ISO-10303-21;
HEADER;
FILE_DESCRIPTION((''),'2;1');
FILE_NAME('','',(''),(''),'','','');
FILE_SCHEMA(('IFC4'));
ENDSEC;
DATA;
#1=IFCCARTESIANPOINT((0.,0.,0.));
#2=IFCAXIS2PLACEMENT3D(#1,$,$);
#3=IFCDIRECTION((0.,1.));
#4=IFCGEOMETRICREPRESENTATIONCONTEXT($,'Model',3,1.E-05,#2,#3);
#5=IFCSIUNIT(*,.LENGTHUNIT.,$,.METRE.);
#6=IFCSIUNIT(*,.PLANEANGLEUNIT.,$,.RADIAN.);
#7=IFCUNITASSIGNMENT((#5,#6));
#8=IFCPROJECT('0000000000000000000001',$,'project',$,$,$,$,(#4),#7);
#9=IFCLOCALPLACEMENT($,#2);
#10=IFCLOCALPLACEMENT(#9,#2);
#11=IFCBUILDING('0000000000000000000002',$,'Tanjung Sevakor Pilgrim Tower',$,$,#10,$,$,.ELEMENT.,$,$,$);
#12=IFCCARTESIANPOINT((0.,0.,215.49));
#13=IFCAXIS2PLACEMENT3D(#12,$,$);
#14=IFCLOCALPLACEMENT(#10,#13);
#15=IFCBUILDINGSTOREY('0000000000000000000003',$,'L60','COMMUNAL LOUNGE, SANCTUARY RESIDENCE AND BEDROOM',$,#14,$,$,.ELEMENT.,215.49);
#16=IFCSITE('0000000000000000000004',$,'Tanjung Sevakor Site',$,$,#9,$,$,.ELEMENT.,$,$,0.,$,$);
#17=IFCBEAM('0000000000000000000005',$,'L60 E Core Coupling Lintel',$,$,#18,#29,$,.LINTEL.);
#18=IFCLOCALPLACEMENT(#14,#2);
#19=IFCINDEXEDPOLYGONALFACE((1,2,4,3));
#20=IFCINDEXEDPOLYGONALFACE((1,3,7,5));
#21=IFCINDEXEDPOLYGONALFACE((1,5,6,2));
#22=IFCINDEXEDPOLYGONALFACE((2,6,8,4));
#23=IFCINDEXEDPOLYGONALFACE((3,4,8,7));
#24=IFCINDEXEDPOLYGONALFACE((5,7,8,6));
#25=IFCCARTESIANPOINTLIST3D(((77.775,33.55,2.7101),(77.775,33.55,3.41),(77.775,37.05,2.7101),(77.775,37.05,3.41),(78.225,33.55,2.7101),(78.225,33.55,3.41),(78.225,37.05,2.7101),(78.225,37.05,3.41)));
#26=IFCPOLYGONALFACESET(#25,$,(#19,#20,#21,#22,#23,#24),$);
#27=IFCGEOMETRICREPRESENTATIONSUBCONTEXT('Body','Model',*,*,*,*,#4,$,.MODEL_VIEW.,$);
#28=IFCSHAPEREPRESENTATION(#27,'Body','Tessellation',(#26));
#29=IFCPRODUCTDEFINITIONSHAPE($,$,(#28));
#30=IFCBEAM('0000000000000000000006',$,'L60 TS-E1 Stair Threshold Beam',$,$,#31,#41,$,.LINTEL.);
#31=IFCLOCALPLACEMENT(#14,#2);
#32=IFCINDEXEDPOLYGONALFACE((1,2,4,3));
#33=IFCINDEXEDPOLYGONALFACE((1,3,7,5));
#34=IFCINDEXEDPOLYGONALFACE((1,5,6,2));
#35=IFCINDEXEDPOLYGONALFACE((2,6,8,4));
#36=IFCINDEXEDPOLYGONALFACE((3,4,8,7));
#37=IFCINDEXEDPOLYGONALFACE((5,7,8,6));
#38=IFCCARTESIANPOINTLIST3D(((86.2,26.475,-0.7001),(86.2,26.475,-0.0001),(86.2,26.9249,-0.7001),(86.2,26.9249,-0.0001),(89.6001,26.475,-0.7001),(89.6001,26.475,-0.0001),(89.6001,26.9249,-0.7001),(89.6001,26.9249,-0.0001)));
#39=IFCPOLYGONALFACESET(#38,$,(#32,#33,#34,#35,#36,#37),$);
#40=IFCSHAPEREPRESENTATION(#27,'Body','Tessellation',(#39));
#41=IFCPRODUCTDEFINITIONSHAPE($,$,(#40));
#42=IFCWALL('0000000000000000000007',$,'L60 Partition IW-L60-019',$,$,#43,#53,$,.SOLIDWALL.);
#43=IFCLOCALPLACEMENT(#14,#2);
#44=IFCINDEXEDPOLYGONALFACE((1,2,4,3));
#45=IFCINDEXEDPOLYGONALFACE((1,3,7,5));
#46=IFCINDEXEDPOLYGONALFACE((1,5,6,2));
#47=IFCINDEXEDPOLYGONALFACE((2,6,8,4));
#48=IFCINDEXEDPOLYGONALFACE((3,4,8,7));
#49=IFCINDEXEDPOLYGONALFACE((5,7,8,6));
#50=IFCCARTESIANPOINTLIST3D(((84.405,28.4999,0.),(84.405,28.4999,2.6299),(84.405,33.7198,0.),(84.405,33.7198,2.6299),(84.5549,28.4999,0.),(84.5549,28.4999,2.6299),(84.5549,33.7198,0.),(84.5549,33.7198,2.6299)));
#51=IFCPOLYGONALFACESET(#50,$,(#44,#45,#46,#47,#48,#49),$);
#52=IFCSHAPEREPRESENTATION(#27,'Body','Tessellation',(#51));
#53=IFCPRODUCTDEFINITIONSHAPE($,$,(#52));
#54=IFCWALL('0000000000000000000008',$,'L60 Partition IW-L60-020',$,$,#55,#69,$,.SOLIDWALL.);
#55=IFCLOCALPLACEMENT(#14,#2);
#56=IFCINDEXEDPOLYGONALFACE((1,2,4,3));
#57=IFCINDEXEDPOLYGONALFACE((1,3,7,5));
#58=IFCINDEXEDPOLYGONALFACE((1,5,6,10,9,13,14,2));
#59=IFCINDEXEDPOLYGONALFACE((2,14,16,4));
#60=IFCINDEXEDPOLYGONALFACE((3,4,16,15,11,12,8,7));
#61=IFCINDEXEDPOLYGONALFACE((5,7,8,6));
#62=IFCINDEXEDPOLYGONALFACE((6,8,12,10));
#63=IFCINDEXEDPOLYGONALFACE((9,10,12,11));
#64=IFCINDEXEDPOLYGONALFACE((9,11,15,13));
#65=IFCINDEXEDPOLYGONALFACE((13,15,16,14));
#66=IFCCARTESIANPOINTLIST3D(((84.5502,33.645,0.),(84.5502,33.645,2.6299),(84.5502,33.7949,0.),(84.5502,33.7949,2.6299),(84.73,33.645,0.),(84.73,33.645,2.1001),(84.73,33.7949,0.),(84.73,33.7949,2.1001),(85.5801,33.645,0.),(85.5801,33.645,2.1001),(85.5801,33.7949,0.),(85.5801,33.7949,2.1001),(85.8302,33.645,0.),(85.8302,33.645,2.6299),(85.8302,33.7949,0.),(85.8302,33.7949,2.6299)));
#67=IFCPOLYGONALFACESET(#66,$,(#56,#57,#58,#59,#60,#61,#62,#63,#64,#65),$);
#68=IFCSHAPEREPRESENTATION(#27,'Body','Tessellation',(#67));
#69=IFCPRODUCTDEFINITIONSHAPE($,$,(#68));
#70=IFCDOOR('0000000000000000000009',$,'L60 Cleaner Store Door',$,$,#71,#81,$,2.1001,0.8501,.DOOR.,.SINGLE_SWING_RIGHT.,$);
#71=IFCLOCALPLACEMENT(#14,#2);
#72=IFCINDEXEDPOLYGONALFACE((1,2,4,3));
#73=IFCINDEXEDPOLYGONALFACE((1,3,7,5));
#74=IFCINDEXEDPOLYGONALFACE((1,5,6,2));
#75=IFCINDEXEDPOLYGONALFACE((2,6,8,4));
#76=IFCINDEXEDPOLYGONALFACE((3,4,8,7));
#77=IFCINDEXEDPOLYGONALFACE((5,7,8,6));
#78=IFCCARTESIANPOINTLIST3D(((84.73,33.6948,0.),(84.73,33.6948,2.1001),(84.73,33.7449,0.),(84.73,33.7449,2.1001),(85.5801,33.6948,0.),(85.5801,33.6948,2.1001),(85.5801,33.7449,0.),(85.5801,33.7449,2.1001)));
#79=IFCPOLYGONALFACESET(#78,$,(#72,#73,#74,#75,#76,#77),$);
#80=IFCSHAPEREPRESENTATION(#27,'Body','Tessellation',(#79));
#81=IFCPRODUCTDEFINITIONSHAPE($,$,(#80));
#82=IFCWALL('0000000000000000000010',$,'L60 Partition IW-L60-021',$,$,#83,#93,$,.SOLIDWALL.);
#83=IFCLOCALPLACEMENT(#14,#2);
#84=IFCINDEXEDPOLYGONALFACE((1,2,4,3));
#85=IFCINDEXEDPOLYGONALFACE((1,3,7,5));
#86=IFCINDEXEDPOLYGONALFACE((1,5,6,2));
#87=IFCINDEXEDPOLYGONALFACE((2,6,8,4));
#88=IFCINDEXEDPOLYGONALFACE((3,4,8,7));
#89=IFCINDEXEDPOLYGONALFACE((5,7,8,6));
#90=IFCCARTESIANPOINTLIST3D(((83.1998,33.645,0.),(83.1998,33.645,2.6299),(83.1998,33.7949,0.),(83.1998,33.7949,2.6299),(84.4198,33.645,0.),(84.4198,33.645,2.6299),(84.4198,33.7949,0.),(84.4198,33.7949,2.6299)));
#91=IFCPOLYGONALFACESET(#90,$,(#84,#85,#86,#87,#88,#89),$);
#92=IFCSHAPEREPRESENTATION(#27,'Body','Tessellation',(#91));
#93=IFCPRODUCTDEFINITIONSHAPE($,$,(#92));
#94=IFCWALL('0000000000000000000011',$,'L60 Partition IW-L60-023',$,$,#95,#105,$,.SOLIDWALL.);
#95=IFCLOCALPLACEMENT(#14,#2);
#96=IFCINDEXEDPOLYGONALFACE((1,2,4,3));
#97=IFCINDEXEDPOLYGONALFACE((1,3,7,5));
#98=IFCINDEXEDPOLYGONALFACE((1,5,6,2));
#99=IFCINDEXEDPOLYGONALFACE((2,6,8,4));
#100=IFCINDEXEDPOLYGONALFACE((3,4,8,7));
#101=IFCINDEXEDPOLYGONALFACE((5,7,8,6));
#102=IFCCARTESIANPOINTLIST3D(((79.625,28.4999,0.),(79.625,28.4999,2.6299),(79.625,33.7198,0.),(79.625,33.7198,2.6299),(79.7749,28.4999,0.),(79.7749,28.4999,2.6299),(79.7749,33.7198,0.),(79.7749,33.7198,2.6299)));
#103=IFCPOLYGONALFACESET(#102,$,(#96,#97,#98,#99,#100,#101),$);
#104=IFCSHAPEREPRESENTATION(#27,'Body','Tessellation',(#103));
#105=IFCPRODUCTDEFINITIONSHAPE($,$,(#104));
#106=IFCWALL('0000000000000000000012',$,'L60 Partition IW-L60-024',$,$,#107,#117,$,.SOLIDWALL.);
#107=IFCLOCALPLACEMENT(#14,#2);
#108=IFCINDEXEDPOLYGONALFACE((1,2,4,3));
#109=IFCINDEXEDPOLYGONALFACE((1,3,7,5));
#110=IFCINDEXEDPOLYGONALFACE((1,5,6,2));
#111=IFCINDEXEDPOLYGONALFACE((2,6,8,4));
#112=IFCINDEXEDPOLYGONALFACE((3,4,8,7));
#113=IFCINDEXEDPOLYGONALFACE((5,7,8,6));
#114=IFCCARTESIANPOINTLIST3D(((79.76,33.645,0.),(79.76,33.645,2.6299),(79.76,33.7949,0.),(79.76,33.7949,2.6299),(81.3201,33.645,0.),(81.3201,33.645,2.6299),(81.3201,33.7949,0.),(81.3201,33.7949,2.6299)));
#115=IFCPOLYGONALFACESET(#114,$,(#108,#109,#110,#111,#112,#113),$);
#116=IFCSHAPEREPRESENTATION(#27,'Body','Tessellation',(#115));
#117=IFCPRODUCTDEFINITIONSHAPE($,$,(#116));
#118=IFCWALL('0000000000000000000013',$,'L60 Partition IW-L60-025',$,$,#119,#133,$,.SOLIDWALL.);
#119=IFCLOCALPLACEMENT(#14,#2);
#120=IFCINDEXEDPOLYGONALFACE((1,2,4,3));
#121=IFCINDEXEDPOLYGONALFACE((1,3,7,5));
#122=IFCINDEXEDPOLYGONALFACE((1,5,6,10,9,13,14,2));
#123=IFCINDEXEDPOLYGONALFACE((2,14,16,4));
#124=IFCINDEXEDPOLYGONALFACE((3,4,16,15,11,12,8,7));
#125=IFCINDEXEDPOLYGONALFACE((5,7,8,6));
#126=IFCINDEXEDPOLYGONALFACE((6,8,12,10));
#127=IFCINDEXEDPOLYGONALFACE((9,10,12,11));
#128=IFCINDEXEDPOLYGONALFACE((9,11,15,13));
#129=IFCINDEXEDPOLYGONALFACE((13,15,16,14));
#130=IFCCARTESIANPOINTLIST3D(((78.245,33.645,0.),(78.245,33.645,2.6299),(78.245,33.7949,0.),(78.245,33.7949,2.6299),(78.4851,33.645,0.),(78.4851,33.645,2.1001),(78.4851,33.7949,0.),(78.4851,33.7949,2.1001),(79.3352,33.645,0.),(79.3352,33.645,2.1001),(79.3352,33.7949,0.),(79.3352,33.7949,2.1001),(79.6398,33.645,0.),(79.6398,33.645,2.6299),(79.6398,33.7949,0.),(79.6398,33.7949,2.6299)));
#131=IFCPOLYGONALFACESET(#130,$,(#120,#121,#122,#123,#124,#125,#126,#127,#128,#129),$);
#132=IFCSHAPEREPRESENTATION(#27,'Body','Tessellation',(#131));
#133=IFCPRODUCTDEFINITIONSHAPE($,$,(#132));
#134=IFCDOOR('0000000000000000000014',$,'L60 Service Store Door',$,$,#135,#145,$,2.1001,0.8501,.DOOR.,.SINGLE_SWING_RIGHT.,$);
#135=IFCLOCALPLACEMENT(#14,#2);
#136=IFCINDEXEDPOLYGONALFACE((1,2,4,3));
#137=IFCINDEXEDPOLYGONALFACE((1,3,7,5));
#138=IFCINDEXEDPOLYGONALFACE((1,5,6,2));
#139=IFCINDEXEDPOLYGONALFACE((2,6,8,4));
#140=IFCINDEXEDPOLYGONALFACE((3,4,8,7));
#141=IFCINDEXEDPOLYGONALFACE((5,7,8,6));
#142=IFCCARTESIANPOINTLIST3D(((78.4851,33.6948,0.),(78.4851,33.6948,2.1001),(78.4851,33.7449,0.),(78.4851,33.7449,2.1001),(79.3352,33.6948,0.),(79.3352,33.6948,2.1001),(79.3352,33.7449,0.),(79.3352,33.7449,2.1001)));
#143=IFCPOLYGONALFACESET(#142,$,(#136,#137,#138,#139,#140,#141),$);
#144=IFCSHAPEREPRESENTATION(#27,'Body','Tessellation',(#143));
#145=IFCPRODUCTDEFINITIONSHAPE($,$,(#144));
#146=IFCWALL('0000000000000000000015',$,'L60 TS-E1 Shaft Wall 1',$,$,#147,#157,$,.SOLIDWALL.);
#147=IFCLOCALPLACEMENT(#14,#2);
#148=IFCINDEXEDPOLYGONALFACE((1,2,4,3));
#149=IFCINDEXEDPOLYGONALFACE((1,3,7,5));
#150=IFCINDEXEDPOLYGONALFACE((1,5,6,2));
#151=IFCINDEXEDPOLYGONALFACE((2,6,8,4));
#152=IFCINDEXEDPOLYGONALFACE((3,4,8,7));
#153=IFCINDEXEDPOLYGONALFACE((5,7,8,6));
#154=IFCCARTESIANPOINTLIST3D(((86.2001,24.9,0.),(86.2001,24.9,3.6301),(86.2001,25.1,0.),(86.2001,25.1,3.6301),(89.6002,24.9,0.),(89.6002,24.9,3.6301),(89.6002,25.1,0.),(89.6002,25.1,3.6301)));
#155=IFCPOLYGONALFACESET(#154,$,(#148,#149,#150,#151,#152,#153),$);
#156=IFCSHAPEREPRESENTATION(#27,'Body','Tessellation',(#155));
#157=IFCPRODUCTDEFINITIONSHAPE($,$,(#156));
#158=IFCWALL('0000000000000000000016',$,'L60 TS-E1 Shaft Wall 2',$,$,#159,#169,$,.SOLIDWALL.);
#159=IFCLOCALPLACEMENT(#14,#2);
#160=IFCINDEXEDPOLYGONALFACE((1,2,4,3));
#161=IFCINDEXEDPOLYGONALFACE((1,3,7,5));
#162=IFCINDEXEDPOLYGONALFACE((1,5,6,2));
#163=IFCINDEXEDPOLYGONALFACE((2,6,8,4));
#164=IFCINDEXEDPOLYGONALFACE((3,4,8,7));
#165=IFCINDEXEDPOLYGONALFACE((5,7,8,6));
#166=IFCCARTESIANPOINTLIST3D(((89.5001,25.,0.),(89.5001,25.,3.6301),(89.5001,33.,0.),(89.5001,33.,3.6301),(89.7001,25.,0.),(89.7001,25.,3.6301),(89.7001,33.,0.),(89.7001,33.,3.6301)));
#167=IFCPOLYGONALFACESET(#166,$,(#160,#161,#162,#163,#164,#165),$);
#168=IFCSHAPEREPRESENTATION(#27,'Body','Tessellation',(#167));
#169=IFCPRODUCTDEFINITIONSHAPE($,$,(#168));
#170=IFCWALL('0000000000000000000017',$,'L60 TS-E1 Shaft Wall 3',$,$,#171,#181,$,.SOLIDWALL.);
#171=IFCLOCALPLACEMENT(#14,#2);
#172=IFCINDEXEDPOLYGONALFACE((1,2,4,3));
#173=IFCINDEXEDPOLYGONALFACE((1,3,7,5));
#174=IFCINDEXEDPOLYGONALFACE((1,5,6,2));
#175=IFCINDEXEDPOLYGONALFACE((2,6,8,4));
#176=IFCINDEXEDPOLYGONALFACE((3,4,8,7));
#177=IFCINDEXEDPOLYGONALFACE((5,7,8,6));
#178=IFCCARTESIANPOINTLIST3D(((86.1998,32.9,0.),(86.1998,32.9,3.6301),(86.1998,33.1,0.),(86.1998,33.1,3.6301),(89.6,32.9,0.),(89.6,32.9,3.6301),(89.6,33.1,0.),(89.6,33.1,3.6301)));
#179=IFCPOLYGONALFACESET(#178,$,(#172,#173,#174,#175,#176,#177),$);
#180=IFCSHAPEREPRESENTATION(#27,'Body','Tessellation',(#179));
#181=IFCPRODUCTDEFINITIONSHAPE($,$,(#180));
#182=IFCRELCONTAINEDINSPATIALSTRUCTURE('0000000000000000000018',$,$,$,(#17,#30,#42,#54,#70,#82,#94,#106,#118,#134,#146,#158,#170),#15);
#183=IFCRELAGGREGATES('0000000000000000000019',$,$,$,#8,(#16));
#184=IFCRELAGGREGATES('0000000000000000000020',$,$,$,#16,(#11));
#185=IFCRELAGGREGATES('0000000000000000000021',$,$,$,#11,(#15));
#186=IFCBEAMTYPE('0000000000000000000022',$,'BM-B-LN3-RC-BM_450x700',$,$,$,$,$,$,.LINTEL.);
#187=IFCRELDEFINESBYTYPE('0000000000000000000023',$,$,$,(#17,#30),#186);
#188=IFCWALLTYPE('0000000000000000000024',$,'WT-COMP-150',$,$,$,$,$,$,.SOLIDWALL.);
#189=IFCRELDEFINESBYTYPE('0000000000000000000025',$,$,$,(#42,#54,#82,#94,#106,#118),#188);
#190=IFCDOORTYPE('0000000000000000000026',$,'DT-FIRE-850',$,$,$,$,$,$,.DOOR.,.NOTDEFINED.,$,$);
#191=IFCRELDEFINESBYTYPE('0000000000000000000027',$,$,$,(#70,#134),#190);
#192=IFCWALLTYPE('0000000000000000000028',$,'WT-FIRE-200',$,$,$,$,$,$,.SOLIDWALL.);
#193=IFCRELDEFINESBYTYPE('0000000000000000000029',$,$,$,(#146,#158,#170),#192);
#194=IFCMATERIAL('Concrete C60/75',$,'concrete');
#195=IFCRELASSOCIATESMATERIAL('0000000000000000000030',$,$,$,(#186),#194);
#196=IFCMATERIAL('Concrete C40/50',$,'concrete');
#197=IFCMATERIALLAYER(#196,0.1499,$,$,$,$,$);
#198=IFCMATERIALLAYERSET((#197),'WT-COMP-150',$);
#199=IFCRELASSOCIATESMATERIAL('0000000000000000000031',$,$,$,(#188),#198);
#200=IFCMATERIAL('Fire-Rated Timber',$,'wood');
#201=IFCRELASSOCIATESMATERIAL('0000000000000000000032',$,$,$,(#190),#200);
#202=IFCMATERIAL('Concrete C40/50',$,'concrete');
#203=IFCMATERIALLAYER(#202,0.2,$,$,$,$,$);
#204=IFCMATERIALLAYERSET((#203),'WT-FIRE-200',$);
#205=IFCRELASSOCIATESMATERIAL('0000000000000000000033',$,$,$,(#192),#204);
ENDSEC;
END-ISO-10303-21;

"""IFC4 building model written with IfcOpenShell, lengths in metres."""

from ifc_helpers import new_model, si_unit, direction, frame, frame_2d, origin, origin_2d, place, context, subcontext, project, spatial, rectangle, extrude, material, layer, layer_set, material_profile, profile_set, type_object, element, fill, save


model = new_model("IFC4")

# Units and contexts
model_context = context("Model", 3, precision=1e-05, world=origin(), true_north=direction((0.0, 1.0)))
body_context = subcontext(model_context, "Body", "Model", "MODEL_VIEW")
ifc_project = project(units=[si_unit("LENGTHUNIT", "METRE"), si_unit("PLANEANGLEUNIT", "RADIAN")], contexts=[model_context])

# Site, building, storey
site_placement = place(None, origin())
site = spatial("IfcSite", under=ifc_project, at=site_placement, Name="Tanjung Sevakor Site", CompositionType="ELEMENT", RefElevation=0.0)
building_placement = place(site_placement, origin())
building = spatial("IfcBuilding", under=site, at=building_placement, Name="Tanjung Sevakor Pilgrim Tower", CompositionType="ELEMENT")
storey_placement = place(building_placement, frame((0.0, 0.0, 215.49)))
storey = spatial("IfcBuildingStorey", under=building, at=storey_placement, Name="L60", Description="COMMUNAL LOUNGE, SANCTUARY RESIDENCE AND BEDROOM", CompositionType="ELEMENT", Elevation=215.49)

# Beams
ifc_material_1 = material(Name="Concrete C60/75", Category="concrete")
ifc_material_profile = material_profile(ifc_material_1, rectangle(XDim=0.45, YDim=0.7, at=origin_2d()))
ifc_profile_set = profile_set([ifc_material_profile], Name="Concrete C60/75")
beam_type = type_object("IfcBeamType", Name="BM-B-LN3-RC-BM_450x700", PredefinedType="LINTEL", material=ifc_profile_set)
beam_1_placement = place(storey_placement, frame((78.0, 33.55, 3.0601), z_axis=(0.0, 1.0, 0.0), x_axis=(-1.0, 0.0, 0.0)))
element("IfcBeam", 1, at=beam_1_placement, inside=storey, type_object=beam_type, Name="L60 E Core Coupling Lintel", PredefinedType="LINTEL", context=body_context, shape_type="SweptSolid", body=[
    extrude(rectangle(XDim=0.45, YDim=0.7, at=origin_2d()), origin(), (0.0, 0.0, 1.0), 3.5),
])
beam_2_placement = place(storey_placement, frame((86.2, 26.7, -0.3501), z_axis=(1.0, 0.0, 0.0), x_axis=(0.0, 1.0, 0.0)))
element("IfcBeam", 2, at=beam_2_placement, inside=storey, type_object=beam_type, Name="L60 TS-E1 Stair Threshold Beam", PredefinedType="LINTEL", context=body_context, shape_type="SweptSolid", body=[
    extrude(rectangle(XDim=0.45, YDim=0.7, at=origin_2d()), origin(), (0.0, 0.0, 1.0), 3.4001),
])

# Wall
ifc_material_2 = material(Name="Concrete C40/50", Category="concrete")
ifc_layer_1 = layer(ifc_material_2, 0.1499)
ifc_layer_set_1 = layer_set([ifc_layer_1], Name="WT-COMP-150")
wall_type_1 = type_object("IfcWallType", Name="WT-COMP-150", PredefinedType="SOLIDWALL", material=ifc_layer_set_1)
wall_1_placement = place(storey_placement, frame((84.48, 28.5, 0.0), z_axis=(0.0, 0.0, 1.0), x_axis=(0.0, 1.0, 0.0)))
element("IfcWall", 3, at=wall_1_placement, inside=storey, type_object=wall_type_1, Name="L60 Partition IW-L60-019", PredefinedType="SOLIDWALL", context=body_context, shape_type="SweptSolid", body=[
    extrude(rectangle(XDim=5.22, YDim=0.1499, at=frame_2d((2.6099, 0.0))), origin(), (0.0, 0.0, 1.0), 2.6299),
])

# Wall, opening, door
wall_2_placement = place(storey_placement, frame((84.55, 33.72, 0.0), z_axis=(0.0, 0.0, 1.0), x_axis=(1.0, 0.0, 0.0)))
wall_2 = element("IfcWall", 4, at=wall_2_placement, inside=storey, type_object=wall_type_1, Name="L60 Partition IW-L60-020", PredefinedType="SOLIDWALL", context=body_context, shape_type="SweptSolid", body=[
    extrude(rectangle(XDim=1.28, YDim=0.1499, at=frame_2d((0.6401, 0.0))), origin(), (0.0, 0.0, 1.0), 2.6299),
])
opening_1_placement = place(wall_2_placement, frame((0.1799, 0.0, 0.0)))
opening_1 = element("IfcOpeningElement", 5, at=opening_1_placement, cuts=wall_2, PredefinedType="OPENING", context=body_context, shape_type="SweptSolid", body=[
    extrude(rectangle(XDim=0.8501, YDim=2.1001, at=frame_2d((0.425, 1.05))), frame((0.0, 0.085, 0.0), z_axis=(0.0, -1.0, 0.0), x_axis=(1.0, 0.0, 0.0)), (0.0, 0.0, 1.0), 0.1699),
])
ifc_material_3 = material(Name="Fire-Rated Timber", Category="wood")
door_type_1 = type_object("IfcDoorType", Name="DT-FIRE-850", OperationType="NOTDEFINED", PredefinedType="DOOR", material=ifc_material_3)
door_1_placement = place(opening_1_placement, origin())
door_1 = element("IfcDoor", 6, at=door_1_placement, inside=storey, type_object=door_type_1, Name="L60 Cleaner Store Door", OperationType="SINGLE_SWING_RIGHT", OverallHeight=2.1001, OverallWidth=0.8501, PredefinedType="DOOR", context=body_context, shape_type="SweptSolid", body=[
    extrude(rectangle(XDim=0.8501, YDim=2.1001, at=frame_2d((0.425, 1.05))), frame((0.0, 0.0249, 0.0), z_axis=(0.0, -1.0, 0.0), x_axis=(1.0, 0.0, 0.0)), (0.0, 0.0, 1.0), 0.05),
])
fill(opening_1, door_1)

# Wall
wall_3_placement = place(storey_placement, frame((83.2, 33.72, 0.0), z_axis=(0.0, 0.0, 1.0), x_axis=(1.0, 0.0, 0.0)))
element("IfcWall", 7, at=wall_3_placement, inside=storey, type_object=wall_type_1, Name="L60 Partition IW-L60-021", PredefinedType="SOLIDWALL", context=body_context, shape_type="SweptSolid", body=[
    extrude(rectangle(XDim=1.22, YDim=0.1499, at=frame_2d((0.6099, 0.0))), origin(), (0.0, 0.0, 1.0), 2.6299),
])

# Walls
wall_4_placement = place(storey_placement, frame((79.7, 28.5, 0.0), z_axis=(0.0, 0.0, 1.0), x_axis=(0.0, 1.0, 0.0)))
element("IfcWall", 8, at=wall_4_placement, inside=storey, type_object=wall_type_1, Name="L60 Partition IW-L60-023", PredefinedType="SOLIDWALL", context=body_context, shape_type="SweptSolid", body=[
    extrude(rectangle(XDim=5.22, YDim=0.1499, at=frame_2d((2.6099, 0.0))), origin(), (0.0, 0.0, 1.0), 2.6299),
])
wall_5_placement = place(storey_placement, frame((79.76, 33.72, 0.0), z_axis=(0.0, 0.0, 1.0), x_axis=(1.0, 0.0, 0.0)))
element("IfcWall", 9, at=wall_5_placement, inside=storey, type_object=wall_type_1, Name="L60 Partition IW-L60-024", PredefinedType="SOLIDWALL", context=body_context, shape_type="SweptSolid", body=[
    extrude(rectangle(XDim=1.5601, YDim=0.1499, at=frame_2d((0.78, 0.0))), origin(), (0.0, 0.0, 1.0), 2.6299),
])

# Wall, opening, door
wall_6_placement = place(storey_placement, frame((78.2451, 33.72, 0.0), z_axis=(0.0, 0.0, 1.0), x_axis=(1.0, 0.0, 0.0)))
wall_6 = element("IfcWall", 10, at=wall_6_placement, inside=storey, type_object=wall_type_1, Name="L60 Partition IW-L60-025", PredefinedType="SOLIDWALL", context=body_context, shape_type="SweptSolid", body=[
    extrude(rectangle(XDim=1.3948, YDim=0.1499, at=frame_2d((0.6973, 0.0))), origin(), (0.0, 0.0, 1.0), 2.6299),
])
opening_2_placement = place(wall_6_placement, frame((0.24, 0.0, 0.0)))
opening_2 = element("IfcOpeningElement", 11, at=opening_2_placement, cuts=wall_6, PredefinedType="OPENING", context=body_context, shape_type="SweptSolid", body=[
    extrude(rectangle(XDim=0.8501, YDim=2.1001, at=frame_2d((0.425, 1.05))), frame((0.0, 0.085, 0.0), z_axis=(0.0, -1.0, 0.0), x_axis=(1.0, 0.0, 0.0)), (0.0, 0.0, 1.0), 0.1699),
])
door_2_placement = place(opening_2_placement, origin())
door_2 = element("IfcDoor", 12, at=door_2_placement, inside=storey, type_object=door_type_1, Name="L60 Service Store Door", OperationType="SINGLE_SWING_RIGHT", OverallHeight=2.1001, OverallWidth=0.8501, PredefinedType="DOOR", context=body_context, shape_type="SweptSolid", body=[
    extrude(rectangle(XDim=0.8501, YDim=2.1001, at=frame_2d((0.425, 1.05))), frame((0.0, 0.0249, 0.0), z_axis=(0.0, -1.0, 0.0), x_axis=(1.0, 0.0, 0.0)), (0.0, 0.0, 1.0), 0.05),
])
fill(opening_2, door_2)

# Walls
ifc_material_4 = material(Name="Concrete C40/50", Category="concrete")
ifc_layer_2 = layer(ifc_material_4, 0.2)
ifc_layer_set_2 = layer_set([ifc_layer_2], Name="WT-FIRE-200")
wall_type_2 = type_object("IfcWallType", Name="WT-FIRE-200", PredefinedType="SOLIDWALL", material=ifc_layer_set_2)
wall_7_placement = place(storey_placement, frame((86.2, 25.0, 0.0), z_axis=(0.0, 0.0, 1.0), x_axis=(1.0, 0.0, 0.0)))
element("IfcWall", 13, at=wall_7_placement, inside=storey, type_object=wall_type_2, Name="L60 TS-E1 Shaft Wall 1", PredefinedType="SOLIDWALL", context=body_context, shape_type="SweptSolid", body=[
    extrude(rectangle(XDim=3.4001, YDim=0.2, at=frame_2d((1.7002, 0.0))), origin(), (0.0, 0.0, 1.0), 3.6301),
])
wall_8_placement = place(storey_placement, frame((89.6001, 25.0, 0.0), z_axis=(0.0, 0.0, 1.0), x_axis=(0.0, 1.0, 0.0)))
element("IfcWall", 14, at=wall_8_placement, inside=storey, type_object=wall_type_2, Name="L60 TS-E1 Shaft Wall 2", PredefinedType="SOLIDWALL", context=body_context, shape_type="SweptSolid", body=[
    extrude(rectangle(XDim=8.0, YDim=0.2, at=frame_2d((4.0, 0.0))), origin(), (0.0, 0.0, 1.0), 3.6301),
])
wall_9_placement = place(storey_placement, frame((89.6001, 33.0, 0.0), z_axis=(0.0, 0.0, 1.0), x_axis=(-1.0, 0.0, 0.0)))
element("IfcWall", 15, at=wall_9_placement, inside=storey, type_object=wall_type_2, Name="L60 TS-E1 Shaft Wall 3", PredefinedType="SOLIDWALL", context=body_context, shape_type="SweptSolid", body=[
    extrude(rectangle(XDim=3.4001, YDim=0.2, at=frame_2d((1.7002, 0.0))), origin(), (0.0, 0.0, 1.0), 3.6301),
])

save(model, "model.ifc")
